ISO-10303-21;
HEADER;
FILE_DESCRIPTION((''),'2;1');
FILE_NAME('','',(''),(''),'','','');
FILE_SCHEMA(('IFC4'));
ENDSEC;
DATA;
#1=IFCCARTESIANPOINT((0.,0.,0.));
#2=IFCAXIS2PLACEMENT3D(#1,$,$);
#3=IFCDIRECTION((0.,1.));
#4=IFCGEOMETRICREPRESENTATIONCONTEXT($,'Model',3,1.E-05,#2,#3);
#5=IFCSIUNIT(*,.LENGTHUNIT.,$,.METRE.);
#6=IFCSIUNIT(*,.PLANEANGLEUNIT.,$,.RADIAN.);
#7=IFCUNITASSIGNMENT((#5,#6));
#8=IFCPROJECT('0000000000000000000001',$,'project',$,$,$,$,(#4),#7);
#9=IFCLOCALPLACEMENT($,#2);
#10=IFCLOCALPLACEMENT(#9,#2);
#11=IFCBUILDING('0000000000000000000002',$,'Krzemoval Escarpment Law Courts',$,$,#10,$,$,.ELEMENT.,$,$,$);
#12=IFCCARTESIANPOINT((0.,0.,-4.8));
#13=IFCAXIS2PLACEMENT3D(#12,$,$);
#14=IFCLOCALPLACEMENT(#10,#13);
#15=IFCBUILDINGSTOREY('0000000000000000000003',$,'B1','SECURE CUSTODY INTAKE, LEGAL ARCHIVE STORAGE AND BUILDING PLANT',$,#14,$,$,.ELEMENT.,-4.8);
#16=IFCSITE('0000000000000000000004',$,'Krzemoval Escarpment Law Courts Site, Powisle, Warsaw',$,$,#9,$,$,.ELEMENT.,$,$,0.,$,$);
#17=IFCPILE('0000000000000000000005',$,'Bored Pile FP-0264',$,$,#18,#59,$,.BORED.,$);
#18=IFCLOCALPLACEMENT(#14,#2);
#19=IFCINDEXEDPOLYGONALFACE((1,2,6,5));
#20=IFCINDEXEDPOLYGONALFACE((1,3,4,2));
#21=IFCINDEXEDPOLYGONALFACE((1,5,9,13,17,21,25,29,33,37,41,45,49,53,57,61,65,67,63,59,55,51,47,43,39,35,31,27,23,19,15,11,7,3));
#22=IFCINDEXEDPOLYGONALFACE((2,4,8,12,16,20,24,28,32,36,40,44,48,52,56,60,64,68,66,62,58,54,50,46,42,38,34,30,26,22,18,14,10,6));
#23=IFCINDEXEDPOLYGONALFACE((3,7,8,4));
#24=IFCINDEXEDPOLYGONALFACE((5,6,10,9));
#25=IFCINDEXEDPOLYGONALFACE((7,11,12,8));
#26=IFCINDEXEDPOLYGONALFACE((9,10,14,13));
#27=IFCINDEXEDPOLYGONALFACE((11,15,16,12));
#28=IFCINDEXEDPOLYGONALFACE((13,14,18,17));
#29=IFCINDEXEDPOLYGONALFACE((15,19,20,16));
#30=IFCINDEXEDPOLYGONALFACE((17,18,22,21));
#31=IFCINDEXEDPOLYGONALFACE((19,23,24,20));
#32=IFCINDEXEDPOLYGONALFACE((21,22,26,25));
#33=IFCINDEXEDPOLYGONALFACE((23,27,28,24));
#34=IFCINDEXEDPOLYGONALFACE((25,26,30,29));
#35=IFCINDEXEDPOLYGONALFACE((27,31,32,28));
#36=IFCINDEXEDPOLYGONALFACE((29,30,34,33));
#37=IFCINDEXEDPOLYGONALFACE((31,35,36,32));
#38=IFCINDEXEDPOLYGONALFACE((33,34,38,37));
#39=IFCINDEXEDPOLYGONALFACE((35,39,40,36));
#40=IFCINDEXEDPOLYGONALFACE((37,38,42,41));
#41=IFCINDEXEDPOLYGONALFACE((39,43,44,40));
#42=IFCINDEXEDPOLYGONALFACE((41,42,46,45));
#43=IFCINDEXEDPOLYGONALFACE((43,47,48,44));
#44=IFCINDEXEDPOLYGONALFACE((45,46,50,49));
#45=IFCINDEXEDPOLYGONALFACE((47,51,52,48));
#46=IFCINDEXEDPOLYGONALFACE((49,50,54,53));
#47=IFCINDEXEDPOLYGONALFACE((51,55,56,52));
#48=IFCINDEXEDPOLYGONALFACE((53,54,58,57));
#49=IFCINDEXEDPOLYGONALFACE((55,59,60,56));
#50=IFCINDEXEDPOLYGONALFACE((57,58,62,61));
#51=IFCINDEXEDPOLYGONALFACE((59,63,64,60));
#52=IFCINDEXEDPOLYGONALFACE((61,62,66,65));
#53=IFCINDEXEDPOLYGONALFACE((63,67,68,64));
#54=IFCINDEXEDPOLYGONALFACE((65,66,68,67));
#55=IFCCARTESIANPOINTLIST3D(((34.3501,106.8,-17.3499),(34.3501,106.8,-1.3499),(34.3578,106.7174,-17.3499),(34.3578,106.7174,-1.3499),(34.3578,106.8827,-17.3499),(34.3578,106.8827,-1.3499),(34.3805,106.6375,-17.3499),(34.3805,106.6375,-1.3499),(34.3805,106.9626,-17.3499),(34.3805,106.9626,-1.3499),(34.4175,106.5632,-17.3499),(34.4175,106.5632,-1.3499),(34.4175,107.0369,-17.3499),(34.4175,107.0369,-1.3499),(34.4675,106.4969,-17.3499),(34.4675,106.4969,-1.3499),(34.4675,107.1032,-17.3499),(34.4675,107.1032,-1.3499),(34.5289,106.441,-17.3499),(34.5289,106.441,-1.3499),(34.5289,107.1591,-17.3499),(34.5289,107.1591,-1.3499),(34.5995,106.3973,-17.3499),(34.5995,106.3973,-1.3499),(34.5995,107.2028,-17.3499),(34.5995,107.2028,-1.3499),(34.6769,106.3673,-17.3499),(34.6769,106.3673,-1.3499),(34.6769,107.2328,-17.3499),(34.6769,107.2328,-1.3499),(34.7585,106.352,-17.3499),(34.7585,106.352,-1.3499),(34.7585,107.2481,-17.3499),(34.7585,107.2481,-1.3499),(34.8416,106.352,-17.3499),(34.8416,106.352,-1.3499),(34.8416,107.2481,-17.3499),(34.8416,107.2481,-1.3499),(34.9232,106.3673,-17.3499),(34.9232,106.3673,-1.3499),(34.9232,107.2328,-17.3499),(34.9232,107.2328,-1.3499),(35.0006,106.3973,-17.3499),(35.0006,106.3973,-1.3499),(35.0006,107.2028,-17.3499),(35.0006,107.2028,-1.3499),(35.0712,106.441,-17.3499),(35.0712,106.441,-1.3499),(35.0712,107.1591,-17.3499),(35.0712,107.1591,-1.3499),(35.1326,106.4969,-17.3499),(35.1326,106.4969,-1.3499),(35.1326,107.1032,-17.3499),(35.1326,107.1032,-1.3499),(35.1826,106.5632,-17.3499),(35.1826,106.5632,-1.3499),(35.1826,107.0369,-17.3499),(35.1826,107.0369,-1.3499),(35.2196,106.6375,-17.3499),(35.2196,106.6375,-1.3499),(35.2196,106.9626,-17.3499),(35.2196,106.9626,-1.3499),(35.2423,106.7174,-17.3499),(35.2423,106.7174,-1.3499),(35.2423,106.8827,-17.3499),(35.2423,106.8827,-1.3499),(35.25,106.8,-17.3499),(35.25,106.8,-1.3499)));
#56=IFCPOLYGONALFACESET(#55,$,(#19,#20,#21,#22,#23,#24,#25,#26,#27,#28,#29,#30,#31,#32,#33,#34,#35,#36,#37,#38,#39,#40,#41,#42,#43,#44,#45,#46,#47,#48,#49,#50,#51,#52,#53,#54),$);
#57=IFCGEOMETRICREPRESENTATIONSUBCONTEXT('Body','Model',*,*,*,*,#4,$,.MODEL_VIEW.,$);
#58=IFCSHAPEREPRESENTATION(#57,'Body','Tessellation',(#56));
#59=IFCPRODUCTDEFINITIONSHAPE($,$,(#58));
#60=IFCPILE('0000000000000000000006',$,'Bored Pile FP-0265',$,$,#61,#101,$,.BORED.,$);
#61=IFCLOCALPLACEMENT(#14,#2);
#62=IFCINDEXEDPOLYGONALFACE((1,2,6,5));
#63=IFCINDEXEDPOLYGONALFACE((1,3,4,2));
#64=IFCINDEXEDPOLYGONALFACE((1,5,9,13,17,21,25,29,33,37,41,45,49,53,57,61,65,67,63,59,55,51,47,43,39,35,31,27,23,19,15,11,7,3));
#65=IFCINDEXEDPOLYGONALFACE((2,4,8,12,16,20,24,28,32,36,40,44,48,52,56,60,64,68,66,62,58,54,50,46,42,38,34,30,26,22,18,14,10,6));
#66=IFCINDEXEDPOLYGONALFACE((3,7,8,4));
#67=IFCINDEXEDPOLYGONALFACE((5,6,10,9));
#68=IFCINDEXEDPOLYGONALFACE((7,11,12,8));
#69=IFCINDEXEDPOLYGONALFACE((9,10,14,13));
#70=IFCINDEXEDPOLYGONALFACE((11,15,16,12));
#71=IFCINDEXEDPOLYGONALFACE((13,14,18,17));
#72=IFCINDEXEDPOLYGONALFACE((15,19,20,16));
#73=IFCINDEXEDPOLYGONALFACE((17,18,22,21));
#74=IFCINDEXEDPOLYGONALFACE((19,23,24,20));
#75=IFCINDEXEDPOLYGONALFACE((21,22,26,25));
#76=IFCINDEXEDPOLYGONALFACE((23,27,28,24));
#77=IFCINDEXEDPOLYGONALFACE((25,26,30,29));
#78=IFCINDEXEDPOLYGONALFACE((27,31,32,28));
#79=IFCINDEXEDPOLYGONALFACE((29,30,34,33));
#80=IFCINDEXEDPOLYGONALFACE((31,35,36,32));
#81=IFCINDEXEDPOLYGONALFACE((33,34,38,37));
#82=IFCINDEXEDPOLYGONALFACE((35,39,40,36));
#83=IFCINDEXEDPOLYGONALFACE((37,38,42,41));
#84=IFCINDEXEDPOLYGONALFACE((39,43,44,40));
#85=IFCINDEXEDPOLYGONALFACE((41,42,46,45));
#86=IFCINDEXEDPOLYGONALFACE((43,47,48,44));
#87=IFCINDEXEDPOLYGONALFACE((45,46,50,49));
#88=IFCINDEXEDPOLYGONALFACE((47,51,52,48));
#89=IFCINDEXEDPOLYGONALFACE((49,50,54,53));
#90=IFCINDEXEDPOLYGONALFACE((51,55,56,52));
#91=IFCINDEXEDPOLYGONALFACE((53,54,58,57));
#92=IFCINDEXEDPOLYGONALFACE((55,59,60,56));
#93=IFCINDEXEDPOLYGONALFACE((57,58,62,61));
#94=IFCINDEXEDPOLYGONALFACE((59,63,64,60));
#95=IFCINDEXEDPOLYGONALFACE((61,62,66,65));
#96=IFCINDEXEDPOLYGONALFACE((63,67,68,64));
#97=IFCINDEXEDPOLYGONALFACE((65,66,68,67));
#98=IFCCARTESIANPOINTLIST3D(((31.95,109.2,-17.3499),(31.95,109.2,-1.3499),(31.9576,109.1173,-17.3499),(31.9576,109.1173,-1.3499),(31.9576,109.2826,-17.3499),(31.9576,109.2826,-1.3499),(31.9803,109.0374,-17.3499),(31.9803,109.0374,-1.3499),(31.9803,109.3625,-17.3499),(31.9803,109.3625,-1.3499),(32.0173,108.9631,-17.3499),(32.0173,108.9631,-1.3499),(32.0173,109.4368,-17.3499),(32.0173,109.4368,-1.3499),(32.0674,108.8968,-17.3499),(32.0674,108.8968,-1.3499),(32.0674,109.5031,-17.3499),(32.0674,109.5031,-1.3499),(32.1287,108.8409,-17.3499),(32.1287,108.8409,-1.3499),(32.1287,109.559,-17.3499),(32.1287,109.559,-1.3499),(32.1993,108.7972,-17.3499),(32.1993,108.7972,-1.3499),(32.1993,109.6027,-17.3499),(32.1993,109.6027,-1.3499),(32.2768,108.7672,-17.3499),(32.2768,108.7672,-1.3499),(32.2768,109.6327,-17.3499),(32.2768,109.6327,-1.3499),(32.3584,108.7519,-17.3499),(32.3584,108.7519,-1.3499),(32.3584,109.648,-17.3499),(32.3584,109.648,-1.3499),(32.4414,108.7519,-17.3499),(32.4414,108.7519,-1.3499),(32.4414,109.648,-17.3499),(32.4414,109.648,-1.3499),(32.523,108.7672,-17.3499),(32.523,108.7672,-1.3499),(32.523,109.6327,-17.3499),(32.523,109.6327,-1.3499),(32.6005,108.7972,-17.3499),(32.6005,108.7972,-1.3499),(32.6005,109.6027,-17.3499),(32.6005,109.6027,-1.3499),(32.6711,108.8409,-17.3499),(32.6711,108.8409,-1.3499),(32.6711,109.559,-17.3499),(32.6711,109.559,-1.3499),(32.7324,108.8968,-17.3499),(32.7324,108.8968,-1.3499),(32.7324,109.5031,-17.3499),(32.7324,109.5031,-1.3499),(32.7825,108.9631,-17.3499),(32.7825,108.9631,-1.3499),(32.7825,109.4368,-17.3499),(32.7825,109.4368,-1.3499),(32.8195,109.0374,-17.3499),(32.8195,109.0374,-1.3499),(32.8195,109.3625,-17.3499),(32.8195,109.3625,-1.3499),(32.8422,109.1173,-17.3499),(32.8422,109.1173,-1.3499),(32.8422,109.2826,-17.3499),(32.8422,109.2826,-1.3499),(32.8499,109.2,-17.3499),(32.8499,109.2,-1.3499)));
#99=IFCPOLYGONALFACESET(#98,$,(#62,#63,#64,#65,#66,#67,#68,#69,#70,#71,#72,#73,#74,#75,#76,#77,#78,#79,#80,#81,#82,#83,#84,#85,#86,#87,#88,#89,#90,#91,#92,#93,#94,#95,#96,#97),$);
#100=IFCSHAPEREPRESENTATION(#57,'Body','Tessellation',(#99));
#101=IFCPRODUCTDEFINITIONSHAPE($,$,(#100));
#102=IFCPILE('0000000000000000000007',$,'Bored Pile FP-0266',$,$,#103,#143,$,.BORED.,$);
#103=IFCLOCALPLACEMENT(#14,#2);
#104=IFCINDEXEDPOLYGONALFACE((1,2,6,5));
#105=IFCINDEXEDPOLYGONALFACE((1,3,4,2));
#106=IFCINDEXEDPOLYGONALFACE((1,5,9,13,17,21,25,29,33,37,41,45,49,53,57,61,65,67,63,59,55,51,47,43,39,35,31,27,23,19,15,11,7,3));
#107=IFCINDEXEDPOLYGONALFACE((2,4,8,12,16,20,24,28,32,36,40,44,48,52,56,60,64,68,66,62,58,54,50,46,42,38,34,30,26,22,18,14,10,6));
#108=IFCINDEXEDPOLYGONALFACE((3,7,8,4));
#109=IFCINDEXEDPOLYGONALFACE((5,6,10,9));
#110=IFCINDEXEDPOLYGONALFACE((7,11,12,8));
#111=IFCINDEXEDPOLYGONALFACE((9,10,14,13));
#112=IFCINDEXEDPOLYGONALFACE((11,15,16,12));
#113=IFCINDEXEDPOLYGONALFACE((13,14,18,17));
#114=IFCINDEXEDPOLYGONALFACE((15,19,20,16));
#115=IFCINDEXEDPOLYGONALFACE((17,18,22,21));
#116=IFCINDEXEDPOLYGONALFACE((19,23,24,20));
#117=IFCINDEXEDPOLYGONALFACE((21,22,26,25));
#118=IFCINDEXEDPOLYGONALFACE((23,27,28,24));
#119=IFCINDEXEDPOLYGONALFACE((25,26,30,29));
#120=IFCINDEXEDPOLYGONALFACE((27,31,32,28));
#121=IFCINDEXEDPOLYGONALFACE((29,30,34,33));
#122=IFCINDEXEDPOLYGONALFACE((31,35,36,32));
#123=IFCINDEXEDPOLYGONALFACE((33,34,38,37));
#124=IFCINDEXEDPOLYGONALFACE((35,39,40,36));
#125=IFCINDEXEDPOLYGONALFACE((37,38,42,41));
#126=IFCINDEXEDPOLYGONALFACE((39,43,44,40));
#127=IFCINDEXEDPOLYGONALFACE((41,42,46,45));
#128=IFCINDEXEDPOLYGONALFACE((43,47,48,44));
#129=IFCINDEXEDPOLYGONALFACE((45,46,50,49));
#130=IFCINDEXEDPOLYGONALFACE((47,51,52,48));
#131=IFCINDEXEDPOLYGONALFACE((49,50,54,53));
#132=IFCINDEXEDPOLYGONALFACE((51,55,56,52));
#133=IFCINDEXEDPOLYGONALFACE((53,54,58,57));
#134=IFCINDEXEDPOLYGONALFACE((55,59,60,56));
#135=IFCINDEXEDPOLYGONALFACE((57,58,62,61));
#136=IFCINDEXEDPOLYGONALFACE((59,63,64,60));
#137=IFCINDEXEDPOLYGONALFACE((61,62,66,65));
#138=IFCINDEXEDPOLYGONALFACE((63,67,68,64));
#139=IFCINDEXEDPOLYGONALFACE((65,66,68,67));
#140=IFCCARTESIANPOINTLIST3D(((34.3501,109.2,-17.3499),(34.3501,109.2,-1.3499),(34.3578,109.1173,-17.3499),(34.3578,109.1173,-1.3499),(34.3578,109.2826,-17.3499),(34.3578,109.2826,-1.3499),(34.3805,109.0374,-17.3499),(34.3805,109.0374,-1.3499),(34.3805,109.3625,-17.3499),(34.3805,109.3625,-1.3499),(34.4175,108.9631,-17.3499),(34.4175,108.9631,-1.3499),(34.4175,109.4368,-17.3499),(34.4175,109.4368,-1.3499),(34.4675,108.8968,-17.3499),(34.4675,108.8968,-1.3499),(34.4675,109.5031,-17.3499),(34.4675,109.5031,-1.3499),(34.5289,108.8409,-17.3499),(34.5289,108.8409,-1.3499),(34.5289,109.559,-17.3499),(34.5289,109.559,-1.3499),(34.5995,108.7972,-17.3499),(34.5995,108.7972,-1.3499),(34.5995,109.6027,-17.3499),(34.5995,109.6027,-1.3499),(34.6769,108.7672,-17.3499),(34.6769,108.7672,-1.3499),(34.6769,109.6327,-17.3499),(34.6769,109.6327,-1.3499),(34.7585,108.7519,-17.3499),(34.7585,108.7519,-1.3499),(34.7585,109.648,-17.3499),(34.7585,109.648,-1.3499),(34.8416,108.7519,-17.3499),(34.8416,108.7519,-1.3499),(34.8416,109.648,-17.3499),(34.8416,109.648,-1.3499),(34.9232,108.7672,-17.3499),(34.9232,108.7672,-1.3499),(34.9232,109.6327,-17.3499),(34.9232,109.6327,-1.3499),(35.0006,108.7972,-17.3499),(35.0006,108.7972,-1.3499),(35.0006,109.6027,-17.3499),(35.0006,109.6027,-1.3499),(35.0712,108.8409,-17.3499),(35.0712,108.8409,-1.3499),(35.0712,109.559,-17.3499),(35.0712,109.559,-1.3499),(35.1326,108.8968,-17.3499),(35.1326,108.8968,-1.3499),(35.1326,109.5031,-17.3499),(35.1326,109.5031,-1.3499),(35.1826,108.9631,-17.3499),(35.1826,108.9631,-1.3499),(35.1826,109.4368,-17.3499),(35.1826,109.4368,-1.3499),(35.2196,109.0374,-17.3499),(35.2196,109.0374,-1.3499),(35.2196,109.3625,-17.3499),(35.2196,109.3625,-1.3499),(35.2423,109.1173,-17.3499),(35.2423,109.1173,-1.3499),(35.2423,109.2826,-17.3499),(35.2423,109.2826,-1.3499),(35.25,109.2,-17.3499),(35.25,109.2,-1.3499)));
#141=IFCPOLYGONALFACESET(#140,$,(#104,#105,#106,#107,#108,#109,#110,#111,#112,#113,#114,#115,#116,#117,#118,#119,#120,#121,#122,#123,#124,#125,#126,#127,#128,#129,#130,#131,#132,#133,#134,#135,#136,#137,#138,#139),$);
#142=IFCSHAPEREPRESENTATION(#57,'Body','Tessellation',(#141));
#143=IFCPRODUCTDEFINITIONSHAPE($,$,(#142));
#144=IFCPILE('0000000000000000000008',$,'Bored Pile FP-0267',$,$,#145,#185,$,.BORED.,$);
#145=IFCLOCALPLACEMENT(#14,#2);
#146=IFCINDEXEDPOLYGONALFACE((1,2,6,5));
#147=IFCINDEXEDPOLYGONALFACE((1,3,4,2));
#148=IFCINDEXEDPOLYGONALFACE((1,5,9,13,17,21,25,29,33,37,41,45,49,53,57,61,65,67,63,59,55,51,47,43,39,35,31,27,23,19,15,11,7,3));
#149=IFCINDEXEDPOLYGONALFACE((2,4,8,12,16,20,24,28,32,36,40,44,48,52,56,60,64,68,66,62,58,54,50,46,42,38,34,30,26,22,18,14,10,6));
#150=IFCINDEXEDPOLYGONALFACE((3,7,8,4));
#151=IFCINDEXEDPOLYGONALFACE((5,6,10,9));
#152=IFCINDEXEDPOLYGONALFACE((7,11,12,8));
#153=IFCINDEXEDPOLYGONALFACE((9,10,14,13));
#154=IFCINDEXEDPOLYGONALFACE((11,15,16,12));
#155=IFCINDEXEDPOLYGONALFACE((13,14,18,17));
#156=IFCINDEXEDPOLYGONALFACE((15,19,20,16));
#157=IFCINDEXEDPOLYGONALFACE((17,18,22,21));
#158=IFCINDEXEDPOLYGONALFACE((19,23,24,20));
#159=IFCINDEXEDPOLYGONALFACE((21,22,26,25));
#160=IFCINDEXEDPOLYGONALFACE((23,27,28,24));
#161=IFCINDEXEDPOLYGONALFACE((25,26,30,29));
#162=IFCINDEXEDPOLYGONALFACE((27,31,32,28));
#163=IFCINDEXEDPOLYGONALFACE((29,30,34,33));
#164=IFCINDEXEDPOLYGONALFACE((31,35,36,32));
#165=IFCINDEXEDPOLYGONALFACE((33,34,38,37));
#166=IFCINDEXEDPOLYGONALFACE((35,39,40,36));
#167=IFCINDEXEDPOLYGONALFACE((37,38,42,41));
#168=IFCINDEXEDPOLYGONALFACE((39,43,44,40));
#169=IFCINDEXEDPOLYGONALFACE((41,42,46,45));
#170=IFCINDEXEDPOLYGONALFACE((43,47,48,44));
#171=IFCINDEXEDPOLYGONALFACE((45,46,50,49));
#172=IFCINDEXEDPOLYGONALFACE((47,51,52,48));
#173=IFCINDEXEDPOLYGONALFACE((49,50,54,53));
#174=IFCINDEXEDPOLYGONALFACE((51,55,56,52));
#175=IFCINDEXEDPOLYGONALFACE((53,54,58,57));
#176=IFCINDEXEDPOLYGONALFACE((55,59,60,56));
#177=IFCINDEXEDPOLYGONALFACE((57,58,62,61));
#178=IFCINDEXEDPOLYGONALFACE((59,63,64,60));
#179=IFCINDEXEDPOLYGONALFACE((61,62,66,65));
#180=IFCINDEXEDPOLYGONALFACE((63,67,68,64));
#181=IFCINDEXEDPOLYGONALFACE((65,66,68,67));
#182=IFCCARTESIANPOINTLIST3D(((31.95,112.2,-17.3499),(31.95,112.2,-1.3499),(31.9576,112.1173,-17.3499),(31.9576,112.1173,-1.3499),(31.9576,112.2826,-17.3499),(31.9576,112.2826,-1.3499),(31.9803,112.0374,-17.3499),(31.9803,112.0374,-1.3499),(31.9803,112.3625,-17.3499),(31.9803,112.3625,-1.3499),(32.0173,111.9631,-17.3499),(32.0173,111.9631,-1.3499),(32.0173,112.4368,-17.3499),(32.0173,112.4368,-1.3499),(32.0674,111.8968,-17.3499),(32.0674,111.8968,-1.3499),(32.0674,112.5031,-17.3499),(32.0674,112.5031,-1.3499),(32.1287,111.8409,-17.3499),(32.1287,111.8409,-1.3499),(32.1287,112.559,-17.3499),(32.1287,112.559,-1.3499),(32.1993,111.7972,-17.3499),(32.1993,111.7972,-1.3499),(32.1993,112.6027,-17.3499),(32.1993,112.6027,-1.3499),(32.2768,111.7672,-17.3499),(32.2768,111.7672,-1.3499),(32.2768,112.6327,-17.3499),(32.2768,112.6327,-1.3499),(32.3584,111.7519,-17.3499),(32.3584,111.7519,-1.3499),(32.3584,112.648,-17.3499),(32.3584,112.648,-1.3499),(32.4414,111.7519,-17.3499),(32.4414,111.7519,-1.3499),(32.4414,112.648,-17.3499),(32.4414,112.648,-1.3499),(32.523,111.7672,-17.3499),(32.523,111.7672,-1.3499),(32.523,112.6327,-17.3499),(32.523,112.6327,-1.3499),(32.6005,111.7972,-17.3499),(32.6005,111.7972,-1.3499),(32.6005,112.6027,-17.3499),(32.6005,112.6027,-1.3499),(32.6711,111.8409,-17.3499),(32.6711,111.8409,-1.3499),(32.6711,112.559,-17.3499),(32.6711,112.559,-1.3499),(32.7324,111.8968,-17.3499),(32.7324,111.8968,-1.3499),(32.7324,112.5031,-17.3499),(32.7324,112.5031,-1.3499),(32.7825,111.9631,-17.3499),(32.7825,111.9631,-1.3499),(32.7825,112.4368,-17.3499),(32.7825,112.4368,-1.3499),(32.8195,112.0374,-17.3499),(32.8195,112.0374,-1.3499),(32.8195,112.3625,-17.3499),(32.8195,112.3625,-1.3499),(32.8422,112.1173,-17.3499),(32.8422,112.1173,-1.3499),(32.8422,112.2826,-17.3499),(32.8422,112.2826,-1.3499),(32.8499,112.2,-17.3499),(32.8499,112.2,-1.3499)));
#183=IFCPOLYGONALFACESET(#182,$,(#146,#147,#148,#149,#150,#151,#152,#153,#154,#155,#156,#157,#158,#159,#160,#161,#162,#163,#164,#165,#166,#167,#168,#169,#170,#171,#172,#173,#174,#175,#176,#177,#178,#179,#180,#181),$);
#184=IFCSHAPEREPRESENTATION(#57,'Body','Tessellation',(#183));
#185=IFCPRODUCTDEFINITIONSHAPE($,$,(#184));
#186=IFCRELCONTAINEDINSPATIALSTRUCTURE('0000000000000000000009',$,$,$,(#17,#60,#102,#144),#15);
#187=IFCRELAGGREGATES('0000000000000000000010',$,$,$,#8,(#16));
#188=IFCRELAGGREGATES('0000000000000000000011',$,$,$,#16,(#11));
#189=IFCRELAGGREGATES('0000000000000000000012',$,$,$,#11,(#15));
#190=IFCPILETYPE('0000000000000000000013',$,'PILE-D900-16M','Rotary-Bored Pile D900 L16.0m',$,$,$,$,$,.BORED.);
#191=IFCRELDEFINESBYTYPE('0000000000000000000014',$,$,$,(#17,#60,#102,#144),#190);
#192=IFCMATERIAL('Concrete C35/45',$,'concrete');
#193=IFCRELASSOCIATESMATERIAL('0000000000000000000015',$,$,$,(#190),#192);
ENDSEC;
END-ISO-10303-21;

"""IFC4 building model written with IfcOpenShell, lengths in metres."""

from ifc_helpers import new_model, si_unit, direction, frame, origin, origin_2d, place, context, subcontext, project, spatial, circle, extrude, material, material_profile, profile_set, type_object, element, save


model = new_model("IFC4")

# Units and contexts
model_context = context("Model", 3, precision=1e-05, world=origin(), true_north=direction((0.0, 1.0)))
body_context = subcontext(model_context, "Body", "Model", "MODEL_VIEW")
ifc_project = project(units=[si_unit("LENGTHUNIT", "METRE"), si_unit("PLANEANGLEUNIT", "RADIAN")], contexts=[model_context])

# Site, building, storey
site_placement = place(None, origin())
site = spatial("IfcSite", under=ifc_project, at=site_placement, Name="Krzemoval Escarpment Law Courts Site, Powisle, Warsaw", CompositionType="ELEMENT", RefElevation=0.0)
building_placement = place(site_placement, origin())
building = spatial("IfcBuilding", under=site, at=building_placement, Name="Krzemoval Escarpment Law Courts", CompositionType="ELEMENT")
storey_placement = place(building_placement, frame((0.0, 0.0, -4.8)))
storey = spatial("IfcBuildingStorey", under=building, at=storey_placement, Name="B1", Description="SECURE CUSTODY INTAKE, LEGAL ARCHIVE STORAGE AND BUILDING PLANT", CompositionType="ELEMENT", Elevation=-4.8)

# Piles
ifc_material_1 = material(Name="Concrete C35/45", Category="concrete")
ifc_material_profile_1 = material_profile(ifc_material_1, circle(Radius=0.45, at=origin_2d()), Name="PILE D900")
ifc_profile_set_1 = profile_set([ifc_material_profile_1], Name="Concrete C35/45")
pile_type = type_object("IfcPileType", Name="PILE-D900-16M", Description="Rotary-Bored Pile D900 L16.0m", PredefinedType="BORED", material=ifc_profile_set_1)
for number, where, z_axis, x_axis, name in (
    (1, (34.8, 106.8, -1.3499), (0.0, 0.0, -1.0), (1.0, 0.0, 0.0), "Bored Pile FP-0264"),
    (2, (32.3999, 109.2, -1.3499), (0.0, 0.0, -1.0), (1.0, 0.0, 0.0), "Bored Pile FP-0265"),
    (3, (34.8, 109.2, -1.3499), (0.0, 0.0, -1.0), (1.0, 0.0, 0.0), "Bored Pile FP-0266"),
    (4, (32.3999, 112.2, -1.3499), (0.0, 0.0, -1.0), (1.0, 0.0, 0.0), "Bored Pile FP-0267"),
):
    element("IfcPile", number, at=place(storey_placement, frame(where, z_axis=z_axis, x_axis=x_axis)), inside=storey, type_object=pile_type, Name=name, PredefinedType="BORED", context=body_context, shape_type="SweptSolid", body=[
        extrude(circle(Radius=0.45, at=origin_2d()), origin(), (0.0, 0.0, 1.0), 16.0),
    ])

save(model, "model.ifc")
